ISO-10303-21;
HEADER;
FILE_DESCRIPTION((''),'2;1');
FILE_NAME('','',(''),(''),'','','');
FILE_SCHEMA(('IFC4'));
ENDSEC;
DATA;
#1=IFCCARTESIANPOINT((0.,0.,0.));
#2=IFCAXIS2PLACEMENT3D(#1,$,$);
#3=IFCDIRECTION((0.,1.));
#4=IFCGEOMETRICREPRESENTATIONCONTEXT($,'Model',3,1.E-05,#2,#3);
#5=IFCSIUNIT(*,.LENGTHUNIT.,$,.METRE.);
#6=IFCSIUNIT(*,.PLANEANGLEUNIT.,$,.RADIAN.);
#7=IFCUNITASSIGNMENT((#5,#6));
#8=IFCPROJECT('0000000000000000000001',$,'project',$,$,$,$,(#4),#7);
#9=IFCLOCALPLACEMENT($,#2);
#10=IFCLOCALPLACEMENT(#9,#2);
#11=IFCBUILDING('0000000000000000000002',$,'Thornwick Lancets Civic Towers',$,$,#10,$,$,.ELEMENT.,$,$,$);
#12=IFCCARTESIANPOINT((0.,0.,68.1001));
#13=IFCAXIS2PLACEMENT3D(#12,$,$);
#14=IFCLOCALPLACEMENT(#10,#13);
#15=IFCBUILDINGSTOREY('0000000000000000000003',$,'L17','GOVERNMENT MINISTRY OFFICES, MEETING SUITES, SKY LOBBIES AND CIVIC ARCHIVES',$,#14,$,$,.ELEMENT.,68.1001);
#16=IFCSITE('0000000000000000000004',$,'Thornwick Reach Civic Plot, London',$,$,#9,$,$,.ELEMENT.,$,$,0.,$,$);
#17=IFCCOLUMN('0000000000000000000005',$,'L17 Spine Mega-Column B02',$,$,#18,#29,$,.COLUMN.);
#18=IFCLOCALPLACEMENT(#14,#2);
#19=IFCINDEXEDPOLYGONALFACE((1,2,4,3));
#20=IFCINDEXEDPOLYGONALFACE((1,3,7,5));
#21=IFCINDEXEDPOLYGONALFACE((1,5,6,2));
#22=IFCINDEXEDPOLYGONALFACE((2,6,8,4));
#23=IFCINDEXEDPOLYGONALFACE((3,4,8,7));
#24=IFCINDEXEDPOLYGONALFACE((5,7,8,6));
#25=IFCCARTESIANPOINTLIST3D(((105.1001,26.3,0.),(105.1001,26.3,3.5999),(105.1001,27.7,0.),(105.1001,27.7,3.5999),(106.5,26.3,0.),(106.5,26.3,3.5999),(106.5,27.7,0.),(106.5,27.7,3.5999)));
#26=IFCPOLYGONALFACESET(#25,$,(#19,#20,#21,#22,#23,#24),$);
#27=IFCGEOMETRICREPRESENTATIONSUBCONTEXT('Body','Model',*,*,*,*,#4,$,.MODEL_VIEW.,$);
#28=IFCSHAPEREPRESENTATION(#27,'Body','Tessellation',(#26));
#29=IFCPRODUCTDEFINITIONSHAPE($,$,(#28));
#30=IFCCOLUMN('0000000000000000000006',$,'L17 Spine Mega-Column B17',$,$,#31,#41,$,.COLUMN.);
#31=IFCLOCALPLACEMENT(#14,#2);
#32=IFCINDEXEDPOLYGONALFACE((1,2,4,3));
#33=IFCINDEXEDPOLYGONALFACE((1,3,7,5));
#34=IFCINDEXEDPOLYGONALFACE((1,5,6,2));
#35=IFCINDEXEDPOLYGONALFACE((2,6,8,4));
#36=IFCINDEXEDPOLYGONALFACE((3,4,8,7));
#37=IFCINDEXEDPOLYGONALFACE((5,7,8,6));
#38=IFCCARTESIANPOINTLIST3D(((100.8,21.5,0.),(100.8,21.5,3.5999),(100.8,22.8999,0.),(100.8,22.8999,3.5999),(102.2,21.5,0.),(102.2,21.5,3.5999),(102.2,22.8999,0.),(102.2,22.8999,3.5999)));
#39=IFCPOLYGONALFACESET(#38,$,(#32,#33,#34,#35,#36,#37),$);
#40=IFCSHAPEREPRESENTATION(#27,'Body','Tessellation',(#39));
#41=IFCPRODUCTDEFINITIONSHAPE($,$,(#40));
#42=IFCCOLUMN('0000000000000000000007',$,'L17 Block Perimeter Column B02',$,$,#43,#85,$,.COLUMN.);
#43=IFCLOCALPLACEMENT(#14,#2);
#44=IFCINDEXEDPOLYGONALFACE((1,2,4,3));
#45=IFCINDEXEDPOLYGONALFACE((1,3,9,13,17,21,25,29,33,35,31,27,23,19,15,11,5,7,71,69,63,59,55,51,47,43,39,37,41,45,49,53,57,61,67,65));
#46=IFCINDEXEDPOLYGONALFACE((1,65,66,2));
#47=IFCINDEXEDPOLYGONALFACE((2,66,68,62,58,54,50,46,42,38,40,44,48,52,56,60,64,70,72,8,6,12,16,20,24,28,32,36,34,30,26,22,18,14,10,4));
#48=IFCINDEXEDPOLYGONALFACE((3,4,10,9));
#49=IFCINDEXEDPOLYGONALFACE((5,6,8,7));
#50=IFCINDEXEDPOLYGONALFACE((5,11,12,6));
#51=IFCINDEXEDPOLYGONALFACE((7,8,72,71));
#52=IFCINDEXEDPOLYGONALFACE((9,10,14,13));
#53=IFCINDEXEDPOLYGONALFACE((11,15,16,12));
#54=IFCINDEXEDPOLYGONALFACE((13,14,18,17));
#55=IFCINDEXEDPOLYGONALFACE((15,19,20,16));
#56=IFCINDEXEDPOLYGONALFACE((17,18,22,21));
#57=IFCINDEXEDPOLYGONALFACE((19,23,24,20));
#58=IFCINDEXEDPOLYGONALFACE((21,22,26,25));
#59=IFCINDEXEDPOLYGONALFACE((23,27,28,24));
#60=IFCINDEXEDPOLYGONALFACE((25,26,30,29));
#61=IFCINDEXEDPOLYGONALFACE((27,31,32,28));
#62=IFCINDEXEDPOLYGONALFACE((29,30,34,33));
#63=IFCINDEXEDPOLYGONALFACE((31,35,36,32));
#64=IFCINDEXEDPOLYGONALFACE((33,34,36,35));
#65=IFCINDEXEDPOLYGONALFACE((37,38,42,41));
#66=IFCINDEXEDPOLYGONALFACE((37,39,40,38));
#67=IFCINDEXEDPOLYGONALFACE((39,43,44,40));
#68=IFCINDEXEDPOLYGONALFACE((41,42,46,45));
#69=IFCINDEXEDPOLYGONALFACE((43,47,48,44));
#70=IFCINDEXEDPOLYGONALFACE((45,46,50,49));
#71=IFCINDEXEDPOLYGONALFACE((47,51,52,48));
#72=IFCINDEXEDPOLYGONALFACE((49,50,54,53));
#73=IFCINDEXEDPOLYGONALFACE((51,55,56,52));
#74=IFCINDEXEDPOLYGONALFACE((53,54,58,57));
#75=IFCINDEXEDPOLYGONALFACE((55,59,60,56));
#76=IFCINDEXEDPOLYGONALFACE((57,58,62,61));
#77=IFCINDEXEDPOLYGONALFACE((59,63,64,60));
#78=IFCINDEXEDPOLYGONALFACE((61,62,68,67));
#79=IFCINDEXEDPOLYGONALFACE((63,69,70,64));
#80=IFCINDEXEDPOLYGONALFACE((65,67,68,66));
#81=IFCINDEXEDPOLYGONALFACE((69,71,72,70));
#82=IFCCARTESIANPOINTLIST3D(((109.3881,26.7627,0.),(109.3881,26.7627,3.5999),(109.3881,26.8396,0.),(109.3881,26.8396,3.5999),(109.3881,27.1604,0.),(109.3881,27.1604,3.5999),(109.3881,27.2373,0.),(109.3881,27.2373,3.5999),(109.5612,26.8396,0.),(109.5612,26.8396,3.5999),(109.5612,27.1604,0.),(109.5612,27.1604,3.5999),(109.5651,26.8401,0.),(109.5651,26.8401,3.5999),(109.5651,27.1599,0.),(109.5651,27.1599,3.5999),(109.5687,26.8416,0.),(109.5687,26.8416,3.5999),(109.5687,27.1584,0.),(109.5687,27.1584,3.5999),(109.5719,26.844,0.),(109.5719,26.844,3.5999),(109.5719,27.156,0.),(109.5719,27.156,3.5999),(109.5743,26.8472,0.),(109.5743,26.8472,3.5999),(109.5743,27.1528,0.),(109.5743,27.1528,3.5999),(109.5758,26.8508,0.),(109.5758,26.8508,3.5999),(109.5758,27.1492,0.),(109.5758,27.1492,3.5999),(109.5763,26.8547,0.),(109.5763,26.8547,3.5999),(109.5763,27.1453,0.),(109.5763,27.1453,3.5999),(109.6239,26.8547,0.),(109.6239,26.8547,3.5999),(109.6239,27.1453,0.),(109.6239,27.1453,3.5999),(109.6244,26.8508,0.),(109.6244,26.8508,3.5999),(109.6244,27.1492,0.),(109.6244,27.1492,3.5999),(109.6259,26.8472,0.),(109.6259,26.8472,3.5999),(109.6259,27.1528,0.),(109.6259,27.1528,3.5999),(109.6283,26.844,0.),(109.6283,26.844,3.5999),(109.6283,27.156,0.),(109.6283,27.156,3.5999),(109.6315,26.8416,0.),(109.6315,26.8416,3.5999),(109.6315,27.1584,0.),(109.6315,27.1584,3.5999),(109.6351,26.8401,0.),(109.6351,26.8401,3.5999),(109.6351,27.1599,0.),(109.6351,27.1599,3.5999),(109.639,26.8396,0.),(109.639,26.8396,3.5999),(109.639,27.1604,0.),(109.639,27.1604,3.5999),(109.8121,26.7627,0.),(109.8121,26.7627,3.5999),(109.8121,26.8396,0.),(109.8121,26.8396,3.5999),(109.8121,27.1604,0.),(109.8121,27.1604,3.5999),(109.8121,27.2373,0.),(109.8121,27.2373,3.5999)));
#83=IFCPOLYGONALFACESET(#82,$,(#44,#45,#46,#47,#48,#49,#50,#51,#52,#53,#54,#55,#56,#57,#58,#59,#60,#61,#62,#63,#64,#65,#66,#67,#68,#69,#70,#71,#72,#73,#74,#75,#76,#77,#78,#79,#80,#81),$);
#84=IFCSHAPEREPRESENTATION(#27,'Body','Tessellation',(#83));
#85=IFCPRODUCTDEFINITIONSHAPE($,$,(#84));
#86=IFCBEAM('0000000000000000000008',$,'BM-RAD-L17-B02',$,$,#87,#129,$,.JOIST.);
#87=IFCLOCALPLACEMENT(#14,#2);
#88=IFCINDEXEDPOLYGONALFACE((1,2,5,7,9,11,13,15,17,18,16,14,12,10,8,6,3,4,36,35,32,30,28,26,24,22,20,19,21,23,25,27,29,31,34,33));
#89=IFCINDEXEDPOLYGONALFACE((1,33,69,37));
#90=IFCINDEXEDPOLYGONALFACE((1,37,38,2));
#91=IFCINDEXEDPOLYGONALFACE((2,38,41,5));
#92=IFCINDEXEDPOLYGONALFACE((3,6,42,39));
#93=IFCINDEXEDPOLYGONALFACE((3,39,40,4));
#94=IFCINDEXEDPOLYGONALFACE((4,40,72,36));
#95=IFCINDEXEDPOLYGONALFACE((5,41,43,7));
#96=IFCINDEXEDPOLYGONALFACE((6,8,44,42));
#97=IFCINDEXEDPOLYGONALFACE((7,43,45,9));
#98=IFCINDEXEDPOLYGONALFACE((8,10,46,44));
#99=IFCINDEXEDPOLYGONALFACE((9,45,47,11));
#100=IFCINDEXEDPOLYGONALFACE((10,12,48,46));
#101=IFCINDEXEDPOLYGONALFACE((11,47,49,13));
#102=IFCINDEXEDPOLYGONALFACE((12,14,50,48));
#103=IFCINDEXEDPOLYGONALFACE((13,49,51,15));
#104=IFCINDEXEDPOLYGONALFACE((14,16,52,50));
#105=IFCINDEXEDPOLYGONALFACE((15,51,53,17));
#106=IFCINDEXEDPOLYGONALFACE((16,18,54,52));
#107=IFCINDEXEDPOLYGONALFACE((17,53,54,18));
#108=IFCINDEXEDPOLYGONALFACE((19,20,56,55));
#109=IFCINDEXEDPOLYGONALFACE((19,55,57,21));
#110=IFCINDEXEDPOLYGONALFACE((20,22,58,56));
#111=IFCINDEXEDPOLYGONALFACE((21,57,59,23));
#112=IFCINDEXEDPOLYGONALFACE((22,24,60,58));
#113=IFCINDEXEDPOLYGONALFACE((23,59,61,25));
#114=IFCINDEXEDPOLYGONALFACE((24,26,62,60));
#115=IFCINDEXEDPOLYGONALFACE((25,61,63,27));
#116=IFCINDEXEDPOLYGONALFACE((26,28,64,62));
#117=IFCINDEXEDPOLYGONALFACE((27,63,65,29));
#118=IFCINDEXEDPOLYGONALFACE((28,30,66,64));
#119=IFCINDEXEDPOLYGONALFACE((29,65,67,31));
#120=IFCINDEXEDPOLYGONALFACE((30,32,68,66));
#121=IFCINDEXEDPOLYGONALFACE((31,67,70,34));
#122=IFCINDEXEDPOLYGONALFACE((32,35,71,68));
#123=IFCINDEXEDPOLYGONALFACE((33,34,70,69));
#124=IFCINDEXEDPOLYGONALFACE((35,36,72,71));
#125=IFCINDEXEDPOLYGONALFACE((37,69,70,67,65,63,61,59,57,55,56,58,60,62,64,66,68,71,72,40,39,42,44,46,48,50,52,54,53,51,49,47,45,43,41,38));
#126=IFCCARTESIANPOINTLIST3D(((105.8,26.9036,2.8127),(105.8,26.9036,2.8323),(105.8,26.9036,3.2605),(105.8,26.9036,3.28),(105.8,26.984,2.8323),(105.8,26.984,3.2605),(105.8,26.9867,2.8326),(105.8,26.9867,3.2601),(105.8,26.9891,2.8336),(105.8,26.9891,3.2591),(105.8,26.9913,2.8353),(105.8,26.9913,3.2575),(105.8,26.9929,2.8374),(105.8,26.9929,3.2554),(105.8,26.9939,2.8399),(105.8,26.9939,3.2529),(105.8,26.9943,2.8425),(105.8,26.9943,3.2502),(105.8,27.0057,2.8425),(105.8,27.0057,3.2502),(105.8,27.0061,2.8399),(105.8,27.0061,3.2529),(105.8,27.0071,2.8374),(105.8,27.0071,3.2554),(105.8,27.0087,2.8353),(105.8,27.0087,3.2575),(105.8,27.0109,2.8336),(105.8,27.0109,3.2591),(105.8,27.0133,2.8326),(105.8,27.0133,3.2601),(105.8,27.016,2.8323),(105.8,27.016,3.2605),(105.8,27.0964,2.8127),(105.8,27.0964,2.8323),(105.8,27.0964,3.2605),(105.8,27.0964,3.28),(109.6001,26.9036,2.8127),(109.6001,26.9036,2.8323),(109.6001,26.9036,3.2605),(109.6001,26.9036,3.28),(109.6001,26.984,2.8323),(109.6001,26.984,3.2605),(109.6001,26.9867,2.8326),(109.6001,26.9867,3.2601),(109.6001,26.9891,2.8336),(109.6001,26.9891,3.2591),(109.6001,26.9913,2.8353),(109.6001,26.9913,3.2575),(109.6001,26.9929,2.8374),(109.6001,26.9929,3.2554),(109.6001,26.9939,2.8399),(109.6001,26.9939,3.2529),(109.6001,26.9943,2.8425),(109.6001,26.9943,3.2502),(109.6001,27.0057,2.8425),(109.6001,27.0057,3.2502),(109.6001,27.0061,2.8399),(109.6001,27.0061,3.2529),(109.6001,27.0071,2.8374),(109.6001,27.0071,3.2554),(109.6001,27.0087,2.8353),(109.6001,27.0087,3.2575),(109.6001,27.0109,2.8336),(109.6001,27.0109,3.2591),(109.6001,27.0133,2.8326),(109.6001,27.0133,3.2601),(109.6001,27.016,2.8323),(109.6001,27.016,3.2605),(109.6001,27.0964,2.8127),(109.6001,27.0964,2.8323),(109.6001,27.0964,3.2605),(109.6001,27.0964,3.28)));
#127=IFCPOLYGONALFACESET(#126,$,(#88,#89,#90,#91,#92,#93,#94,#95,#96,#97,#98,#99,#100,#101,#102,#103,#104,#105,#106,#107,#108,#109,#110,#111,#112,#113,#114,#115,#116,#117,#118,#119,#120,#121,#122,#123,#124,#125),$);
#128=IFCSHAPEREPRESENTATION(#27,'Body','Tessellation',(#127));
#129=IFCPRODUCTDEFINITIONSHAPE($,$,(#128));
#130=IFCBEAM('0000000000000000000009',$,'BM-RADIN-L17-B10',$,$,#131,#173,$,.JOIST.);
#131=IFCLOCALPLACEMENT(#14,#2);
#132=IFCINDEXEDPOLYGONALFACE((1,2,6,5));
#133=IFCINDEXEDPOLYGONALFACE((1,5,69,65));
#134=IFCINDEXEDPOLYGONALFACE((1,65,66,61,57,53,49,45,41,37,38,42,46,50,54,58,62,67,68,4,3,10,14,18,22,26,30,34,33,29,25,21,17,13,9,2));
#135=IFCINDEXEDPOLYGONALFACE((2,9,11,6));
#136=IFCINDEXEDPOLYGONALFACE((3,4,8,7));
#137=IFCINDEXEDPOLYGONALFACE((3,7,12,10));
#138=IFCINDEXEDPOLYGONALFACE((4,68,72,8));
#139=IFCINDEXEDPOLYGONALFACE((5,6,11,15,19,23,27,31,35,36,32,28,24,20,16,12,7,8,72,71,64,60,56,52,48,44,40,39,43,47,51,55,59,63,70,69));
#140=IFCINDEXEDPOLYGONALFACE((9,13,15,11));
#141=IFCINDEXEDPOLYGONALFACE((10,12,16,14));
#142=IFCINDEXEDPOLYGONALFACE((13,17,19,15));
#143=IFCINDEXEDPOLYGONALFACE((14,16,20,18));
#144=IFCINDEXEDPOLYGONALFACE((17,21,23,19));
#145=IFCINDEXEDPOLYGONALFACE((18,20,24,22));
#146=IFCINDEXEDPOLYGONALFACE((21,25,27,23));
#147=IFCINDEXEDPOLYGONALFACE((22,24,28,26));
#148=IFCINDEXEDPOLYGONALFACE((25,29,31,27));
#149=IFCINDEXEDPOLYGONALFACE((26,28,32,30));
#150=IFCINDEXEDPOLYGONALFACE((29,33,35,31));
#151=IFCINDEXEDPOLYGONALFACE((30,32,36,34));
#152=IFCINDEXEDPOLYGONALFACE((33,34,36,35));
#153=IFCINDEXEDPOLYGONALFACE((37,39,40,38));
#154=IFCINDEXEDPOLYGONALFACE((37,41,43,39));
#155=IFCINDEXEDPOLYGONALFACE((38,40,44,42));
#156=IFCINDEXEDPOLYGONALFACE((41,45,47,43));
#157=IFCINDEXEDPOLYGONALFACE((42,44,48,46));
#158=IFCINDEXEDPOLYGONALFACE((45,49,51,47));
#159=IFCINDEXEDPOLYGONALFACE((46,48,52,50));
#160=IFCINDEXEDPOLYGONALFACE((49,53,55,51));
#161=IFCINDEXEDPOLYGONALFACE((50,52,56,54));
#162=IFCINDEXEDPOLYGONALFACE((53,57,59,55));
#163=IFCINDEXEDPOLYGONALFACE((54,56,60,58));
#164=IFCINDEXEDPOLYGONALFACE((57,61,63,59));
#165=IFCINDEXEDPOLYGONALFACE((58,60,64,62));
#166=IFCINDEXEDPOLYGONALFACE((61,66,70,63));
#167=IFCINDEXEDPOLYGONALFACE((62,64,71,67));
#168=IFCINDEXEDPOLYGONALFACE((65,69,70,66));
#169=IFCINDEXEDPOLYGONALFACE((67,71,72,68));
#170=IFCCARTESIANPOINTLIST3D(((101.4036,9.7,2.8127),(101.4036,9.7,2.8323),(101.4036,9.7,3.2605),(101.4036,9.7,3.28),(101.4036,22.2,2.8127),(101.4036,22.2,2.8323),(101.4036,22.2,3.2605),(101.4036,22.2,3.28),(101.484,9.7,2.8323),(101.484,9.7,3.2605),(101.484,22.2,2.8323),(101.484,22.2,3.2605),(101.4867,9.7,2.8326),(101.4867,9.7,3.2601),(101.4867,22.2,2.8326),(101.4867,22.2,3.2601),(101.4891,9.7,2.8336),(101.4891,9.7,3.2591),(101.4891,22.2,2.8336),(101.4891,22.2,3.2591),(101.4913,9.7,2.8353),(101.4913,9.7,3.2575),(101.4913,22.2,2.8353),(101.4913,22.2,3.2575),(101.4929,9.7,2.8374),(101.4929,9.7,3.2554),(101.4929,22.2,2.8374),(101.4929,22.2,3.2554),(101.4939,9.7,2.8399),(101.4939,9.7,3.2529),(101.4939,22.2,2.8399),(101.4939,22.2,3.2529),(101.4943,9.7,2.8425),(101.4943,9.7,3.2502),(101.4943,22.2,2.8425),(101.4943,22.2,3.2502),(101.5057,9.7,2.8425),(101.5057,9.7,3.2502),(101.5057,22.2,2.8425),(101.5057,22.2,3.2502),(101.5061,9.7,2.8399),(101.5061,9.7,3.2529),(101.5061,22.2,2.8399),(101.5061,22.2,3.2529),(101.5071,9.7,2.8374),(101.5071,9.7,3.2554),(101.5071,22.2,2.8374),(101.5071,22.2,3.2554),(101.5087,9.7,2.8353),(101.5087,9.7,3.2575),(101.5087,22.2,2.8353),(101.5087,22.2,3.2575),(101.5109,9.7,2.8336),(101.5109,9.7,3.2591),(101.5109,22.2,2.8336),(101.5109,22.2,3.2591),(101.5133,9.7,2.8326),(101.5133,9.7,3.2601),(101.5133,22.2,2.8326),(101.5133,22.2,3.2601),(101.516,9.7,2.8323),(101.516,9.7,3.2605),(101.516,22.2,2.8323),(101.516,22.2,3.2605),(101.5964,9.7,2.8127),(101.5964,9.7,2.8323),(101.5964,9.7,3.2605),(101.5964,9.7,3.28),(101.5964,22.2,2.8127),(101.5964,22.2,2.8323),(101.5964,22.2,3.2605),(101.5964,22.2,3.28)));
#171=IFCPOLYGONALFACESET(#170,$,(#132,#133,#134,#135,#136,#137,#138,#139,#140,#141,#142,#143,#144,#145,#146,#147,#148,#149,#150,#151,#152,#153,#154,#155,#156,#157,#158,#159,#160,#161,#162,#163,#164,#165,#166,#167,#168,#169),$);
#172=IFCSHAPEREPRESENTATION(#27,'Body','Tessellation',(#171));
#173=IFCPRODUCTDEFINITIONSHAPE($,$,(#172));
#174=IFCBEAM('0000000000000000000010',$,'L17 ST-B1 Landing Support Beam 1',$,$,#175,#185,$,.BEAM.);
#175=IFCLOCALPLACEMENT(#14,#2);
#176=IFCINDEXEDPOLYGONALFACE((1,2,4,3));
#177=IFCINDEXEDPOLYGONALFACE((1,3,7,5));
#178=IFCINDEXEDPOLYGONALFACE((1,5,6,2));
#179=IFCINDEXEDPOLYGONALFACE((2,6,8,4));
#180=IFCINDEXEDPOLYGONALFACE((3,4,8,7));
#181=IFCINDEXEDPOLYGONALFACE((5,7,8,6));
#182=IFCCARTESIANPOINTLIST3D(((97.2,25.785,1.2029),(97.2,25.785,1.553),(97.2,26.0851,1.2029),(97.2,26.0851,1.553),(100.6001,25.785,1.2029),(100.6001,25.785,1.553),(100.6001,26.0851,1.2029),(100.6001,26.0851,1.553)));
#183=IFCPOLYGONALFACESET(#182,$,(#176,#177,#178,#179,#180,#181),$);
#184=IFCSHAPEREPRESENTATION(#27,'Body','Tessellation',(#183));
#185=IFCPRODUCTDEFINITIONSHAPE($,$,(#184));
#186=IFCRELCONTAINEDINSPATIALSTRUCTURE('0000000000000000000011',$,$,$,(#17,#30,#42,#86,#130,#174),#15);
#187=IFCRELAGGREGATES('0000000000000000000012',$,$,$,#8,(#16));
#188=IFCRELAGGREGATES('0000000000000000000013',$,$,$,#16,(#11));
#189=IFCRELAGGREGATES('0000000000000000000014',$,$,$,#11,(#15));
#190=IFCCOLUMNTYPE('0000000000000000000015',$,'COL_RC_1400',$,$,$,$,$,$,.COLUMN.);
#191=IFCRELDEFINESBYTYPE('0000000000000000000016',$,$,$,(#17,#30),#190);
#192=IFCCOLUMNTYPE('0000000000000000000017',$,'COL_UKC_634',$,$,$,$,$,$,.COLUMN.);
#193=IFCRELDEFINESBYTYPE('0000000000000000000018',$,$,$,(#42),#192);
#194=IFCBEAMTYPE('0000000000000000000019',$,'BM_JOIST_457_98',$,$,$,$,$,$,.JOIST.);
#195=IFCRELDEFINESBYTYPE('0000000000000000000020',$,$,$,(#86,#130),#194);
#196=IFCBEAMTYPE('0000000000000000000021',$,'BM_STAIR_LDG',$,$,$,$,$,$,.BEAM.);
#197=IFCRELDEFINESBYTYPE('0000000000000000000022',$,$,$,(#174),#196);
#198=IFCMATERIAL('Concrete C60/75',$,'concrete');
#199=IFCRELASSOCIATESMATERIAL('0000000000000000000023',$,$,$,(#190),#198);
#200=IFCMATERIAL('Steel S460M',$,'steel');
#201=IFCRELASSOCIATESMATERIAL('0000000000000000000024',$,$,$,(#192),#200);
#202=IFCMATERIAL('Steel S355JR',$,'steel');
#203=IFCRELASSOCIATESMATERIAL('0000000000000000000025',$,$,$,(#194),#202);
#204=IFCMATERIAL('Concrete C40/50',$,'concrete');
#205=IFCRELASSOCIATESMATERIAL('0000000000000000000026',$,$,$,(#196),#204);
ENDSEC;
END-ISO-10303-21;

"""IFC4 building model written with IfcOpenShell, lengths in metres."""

from ifc_helpers import new_model, si_unit, direction, frame, origin, origin_2d, place, context, subcontext, project, spatial, rectangle, i_section, extrude, material, material_profile, profile_set, type_object, element, save


model = new_model("IFC4")

# Units and contexts
model_context = context("Model", 3, precision=1e-05, world=origin(), true_north=direction((0.0, 1.0)))
body_context = subcontext(model_context, "Body", "Model", "MODEL_VIEW")
ifc_project = project(units=[si_unit("LENGTHUNIT", "METRE"), si_unit("PLANEANGLEUNIT", "RADIAN")], contexts=[model_context])

# Site, building, storey
site_placement = place(None, origin())
site = spatial("IfcSite", under=ifc_project, at=site_placement, Name="Thornwick Reach Civic Plot, London", CompositionType="ELEMENT", RefElevation=0.0)
building_placement = place(site_placement, origin())
building = spatial("IfcBuilding", under=site, at=building_placement, Name="Thornwick Lancets Civic Towers", CompositionType="ELEMENT")
storey_placement = place(building_placement, frame((0.0, 0.0, 68.1001)))
storey = spatial("IfcBuildingStorey", under=building, at=storey_placement, Name="L17", Description="GOVERNMENT MINISTRY OFFICES, MEETING SUITES, SKY LOBBIES AND CIVIC ARCHIVES", CompositionType="ELEMENT", Elevation=68.1001)

# Columns
ifc_material_1 = material(Name="Concrete C60/75", Category="concrete")
ifc_material_profile_1 = material_profile(ifc_material_1, rectangle(XDim=1.3999, YDim=1.3999, at=origin_2d()), Name="RC 1400x1400")
ifc_profile_set_1 = profile_set([ifc_material_profile_1], Name="Concrete C60/75")
column_type_1 = type_object("IfcColumnType", Name="COL_RC_1400", PredefinedType="COLUMN", material=ifc_profile_set_1)
for number, where, z_axis, x_axis, name in (
    (1, (105.8, 27.0, 0.0), (0.0, 0.0, 1.0), (1.0, 0.0, 0.0), "L17 Spine Mega-Column B02"),
    (2, (101.5, 22.2, 0.0), (0.0, 0.0, 1.0), (1.0, 0.0, 0.0), "L17 Spine Mega-Column B17"),
):
    element("IfcColumn", number, at=place(storey_placement, frame(where, z_axis=z_axis, x_axis=x_axis)), inside=storey, type_object=column_type_1, Name=name, PredefinedType="COLUMN", context=body_context, shape_type="SweptSolid", body=[
        extrude(rectangle(XDim=1.3999, YDim=1.3999, at=origin_2d()), origin(), (0.0, 0.0, 1.0), 3.5999),
    ])
ifc_material_2 = material(Name="Steel S460M", Category="steel")
ifc_material_profile_2 = material_profile(ifc_material_2, i_section(OverallWidth=0.4241, OverallDepth=0.4746, WebThickness=0.0476, FlangeThickness=0.0769, FilletRadius=0.0151, at=origin_2d()), Name="UKC 356x406x634")
ifc_profile_set_2 = profile_set([ifc_material_profile_2], Name="Steel S460M")
column_type_2 = type_object("IfcColumnType", Name="COL_UKC_634", PredefinedType="COLUMN", material=ifc_profile_set_2)
column_placement = place(storey_placement, frame((109.6001, 27.0, 0.0), z_axis=(0.0, 0.0, 1.0), x_axis=(1.0, 0.0, 0.0)))
element("IfcColumn", 3, at=column_placement, inside=storey, type_object=column_type_2, Name="L17 Block Perimeter Column B02", PredefinedType="COLUMN", context=body_context, shape_type="SweptSolid", body=[
    extrude(i_section(OverallWidth=0.4241, OverallDepth=0.4746, WebThickness=0.0476, FlangeThickness=0.0769, FilletRadius=0.0151, at=origin_2d()), origin(), (0.0, 0.0, 1.0), 3.5999),
])

# Beams
ifc_material_3 = material(Name="Steel S355JR", Category="steel")
ifc_material_profile_3 = material_profile(ifc_material_3, i_section(OverallWidth=0.1929, OverallDepth=0.4673, WebThickness=0.0115, FlangeThickness=0.0195, FilletRadius=0.0103, at=origin_2d()), Name="UKB 457x191x98")
ifc_profile_set_3 = profile_set([ifc_material_profile_3], Name="Steel S355JR")
beam_type_1 = type_object("IfcBeamType", Name="BM_JOIST_457_98", PredefinedType="JOIST", material=ifc_profile_set_3)
beam_1_placement = place(storey_placement, frame((105.8, 27.0, 3.0464), z_axis=(1.0, 0.0, 0.0), x_axis=(0.0, 1.0, 0.0)))
element("IfcBeam", 4, at=beam_1_placement, inside=storey, type_object=beam_type_1, Name="BM-RAD-L17-B02", PredefinedType="JOIST", context=body_context, shape_type="SweptSolid", body=[
    extrude(i_section(OverallWidth=0.1929, OverallDepth=0.4673, WebThickness=0.0115, FlangeThickness=0.0195, FilletRadius=0.0103, at=origin_2d()), origin(), (0.0, 0.0, 1.0), 3.8),
])
beam_2_placement = place(storey_placement, frame((101.5, 22.2, 3.0464), z_axis=(0.0, -1.0, 0.0), x_axis=(1.0, 0.0, 0.0)))
element("IfcBeam", 5, at=beam_2_placement, inside=storey, type_object=beam_type_1, Name="BM-RADIN-L17-B10", PredefinedType="JOIST", context=body_context, shape_type="SweptSolid", body=[
    extrude(i_section(OverallWidth=0.1929, OverallDepth=0.4673, WebThickness=0.0115, FlangeThickness=0.0195, FilletRadius=0.0103, at=origin_2d()), origin(), (0.0, 0.0, 1.0), 12.5),
])
ifc_material_4 = material(Name="Concrete C40/50", Category="concrete")
ifc_material_profile_4 = material_profile(ifc_material_4, rectangle(XDim=0.3, YDim=0.3501, at=origin_2d()), Name="RC 300x350")
ifc_profile_set_4 = profile_set([ifc_material_profile_4], Name="Concrete C40/50")
beam_type_2 = type_object("IfcBeamType", Name="BM_STAIR_LDG", PredefinedType="BEAM", material=ifc_profile_set_4)
beam_3_placement = place(storey_placement, frame((100.6001, 25.9351, 1.3779), z_axis=(-1.0, 0.0, 0.0), x_axis=(0.0, -1.0, 0.0)))
element("IfcBeam", 6, at=beam_3_placement, inside=storey, type_object=beam_type_2, Name="L17 ST-B1 Landing Support Beam 1", PredefinedType="BEAM", context=body_context, shape_type="SweptSolid", body=[
    extrude(rectangle(XDim=0.3, YDim=0.3501, at=origin_2d()), origin(), (0.0, 0.0, 1.0), 3.4001),
])

save(model, "model.ifc")
